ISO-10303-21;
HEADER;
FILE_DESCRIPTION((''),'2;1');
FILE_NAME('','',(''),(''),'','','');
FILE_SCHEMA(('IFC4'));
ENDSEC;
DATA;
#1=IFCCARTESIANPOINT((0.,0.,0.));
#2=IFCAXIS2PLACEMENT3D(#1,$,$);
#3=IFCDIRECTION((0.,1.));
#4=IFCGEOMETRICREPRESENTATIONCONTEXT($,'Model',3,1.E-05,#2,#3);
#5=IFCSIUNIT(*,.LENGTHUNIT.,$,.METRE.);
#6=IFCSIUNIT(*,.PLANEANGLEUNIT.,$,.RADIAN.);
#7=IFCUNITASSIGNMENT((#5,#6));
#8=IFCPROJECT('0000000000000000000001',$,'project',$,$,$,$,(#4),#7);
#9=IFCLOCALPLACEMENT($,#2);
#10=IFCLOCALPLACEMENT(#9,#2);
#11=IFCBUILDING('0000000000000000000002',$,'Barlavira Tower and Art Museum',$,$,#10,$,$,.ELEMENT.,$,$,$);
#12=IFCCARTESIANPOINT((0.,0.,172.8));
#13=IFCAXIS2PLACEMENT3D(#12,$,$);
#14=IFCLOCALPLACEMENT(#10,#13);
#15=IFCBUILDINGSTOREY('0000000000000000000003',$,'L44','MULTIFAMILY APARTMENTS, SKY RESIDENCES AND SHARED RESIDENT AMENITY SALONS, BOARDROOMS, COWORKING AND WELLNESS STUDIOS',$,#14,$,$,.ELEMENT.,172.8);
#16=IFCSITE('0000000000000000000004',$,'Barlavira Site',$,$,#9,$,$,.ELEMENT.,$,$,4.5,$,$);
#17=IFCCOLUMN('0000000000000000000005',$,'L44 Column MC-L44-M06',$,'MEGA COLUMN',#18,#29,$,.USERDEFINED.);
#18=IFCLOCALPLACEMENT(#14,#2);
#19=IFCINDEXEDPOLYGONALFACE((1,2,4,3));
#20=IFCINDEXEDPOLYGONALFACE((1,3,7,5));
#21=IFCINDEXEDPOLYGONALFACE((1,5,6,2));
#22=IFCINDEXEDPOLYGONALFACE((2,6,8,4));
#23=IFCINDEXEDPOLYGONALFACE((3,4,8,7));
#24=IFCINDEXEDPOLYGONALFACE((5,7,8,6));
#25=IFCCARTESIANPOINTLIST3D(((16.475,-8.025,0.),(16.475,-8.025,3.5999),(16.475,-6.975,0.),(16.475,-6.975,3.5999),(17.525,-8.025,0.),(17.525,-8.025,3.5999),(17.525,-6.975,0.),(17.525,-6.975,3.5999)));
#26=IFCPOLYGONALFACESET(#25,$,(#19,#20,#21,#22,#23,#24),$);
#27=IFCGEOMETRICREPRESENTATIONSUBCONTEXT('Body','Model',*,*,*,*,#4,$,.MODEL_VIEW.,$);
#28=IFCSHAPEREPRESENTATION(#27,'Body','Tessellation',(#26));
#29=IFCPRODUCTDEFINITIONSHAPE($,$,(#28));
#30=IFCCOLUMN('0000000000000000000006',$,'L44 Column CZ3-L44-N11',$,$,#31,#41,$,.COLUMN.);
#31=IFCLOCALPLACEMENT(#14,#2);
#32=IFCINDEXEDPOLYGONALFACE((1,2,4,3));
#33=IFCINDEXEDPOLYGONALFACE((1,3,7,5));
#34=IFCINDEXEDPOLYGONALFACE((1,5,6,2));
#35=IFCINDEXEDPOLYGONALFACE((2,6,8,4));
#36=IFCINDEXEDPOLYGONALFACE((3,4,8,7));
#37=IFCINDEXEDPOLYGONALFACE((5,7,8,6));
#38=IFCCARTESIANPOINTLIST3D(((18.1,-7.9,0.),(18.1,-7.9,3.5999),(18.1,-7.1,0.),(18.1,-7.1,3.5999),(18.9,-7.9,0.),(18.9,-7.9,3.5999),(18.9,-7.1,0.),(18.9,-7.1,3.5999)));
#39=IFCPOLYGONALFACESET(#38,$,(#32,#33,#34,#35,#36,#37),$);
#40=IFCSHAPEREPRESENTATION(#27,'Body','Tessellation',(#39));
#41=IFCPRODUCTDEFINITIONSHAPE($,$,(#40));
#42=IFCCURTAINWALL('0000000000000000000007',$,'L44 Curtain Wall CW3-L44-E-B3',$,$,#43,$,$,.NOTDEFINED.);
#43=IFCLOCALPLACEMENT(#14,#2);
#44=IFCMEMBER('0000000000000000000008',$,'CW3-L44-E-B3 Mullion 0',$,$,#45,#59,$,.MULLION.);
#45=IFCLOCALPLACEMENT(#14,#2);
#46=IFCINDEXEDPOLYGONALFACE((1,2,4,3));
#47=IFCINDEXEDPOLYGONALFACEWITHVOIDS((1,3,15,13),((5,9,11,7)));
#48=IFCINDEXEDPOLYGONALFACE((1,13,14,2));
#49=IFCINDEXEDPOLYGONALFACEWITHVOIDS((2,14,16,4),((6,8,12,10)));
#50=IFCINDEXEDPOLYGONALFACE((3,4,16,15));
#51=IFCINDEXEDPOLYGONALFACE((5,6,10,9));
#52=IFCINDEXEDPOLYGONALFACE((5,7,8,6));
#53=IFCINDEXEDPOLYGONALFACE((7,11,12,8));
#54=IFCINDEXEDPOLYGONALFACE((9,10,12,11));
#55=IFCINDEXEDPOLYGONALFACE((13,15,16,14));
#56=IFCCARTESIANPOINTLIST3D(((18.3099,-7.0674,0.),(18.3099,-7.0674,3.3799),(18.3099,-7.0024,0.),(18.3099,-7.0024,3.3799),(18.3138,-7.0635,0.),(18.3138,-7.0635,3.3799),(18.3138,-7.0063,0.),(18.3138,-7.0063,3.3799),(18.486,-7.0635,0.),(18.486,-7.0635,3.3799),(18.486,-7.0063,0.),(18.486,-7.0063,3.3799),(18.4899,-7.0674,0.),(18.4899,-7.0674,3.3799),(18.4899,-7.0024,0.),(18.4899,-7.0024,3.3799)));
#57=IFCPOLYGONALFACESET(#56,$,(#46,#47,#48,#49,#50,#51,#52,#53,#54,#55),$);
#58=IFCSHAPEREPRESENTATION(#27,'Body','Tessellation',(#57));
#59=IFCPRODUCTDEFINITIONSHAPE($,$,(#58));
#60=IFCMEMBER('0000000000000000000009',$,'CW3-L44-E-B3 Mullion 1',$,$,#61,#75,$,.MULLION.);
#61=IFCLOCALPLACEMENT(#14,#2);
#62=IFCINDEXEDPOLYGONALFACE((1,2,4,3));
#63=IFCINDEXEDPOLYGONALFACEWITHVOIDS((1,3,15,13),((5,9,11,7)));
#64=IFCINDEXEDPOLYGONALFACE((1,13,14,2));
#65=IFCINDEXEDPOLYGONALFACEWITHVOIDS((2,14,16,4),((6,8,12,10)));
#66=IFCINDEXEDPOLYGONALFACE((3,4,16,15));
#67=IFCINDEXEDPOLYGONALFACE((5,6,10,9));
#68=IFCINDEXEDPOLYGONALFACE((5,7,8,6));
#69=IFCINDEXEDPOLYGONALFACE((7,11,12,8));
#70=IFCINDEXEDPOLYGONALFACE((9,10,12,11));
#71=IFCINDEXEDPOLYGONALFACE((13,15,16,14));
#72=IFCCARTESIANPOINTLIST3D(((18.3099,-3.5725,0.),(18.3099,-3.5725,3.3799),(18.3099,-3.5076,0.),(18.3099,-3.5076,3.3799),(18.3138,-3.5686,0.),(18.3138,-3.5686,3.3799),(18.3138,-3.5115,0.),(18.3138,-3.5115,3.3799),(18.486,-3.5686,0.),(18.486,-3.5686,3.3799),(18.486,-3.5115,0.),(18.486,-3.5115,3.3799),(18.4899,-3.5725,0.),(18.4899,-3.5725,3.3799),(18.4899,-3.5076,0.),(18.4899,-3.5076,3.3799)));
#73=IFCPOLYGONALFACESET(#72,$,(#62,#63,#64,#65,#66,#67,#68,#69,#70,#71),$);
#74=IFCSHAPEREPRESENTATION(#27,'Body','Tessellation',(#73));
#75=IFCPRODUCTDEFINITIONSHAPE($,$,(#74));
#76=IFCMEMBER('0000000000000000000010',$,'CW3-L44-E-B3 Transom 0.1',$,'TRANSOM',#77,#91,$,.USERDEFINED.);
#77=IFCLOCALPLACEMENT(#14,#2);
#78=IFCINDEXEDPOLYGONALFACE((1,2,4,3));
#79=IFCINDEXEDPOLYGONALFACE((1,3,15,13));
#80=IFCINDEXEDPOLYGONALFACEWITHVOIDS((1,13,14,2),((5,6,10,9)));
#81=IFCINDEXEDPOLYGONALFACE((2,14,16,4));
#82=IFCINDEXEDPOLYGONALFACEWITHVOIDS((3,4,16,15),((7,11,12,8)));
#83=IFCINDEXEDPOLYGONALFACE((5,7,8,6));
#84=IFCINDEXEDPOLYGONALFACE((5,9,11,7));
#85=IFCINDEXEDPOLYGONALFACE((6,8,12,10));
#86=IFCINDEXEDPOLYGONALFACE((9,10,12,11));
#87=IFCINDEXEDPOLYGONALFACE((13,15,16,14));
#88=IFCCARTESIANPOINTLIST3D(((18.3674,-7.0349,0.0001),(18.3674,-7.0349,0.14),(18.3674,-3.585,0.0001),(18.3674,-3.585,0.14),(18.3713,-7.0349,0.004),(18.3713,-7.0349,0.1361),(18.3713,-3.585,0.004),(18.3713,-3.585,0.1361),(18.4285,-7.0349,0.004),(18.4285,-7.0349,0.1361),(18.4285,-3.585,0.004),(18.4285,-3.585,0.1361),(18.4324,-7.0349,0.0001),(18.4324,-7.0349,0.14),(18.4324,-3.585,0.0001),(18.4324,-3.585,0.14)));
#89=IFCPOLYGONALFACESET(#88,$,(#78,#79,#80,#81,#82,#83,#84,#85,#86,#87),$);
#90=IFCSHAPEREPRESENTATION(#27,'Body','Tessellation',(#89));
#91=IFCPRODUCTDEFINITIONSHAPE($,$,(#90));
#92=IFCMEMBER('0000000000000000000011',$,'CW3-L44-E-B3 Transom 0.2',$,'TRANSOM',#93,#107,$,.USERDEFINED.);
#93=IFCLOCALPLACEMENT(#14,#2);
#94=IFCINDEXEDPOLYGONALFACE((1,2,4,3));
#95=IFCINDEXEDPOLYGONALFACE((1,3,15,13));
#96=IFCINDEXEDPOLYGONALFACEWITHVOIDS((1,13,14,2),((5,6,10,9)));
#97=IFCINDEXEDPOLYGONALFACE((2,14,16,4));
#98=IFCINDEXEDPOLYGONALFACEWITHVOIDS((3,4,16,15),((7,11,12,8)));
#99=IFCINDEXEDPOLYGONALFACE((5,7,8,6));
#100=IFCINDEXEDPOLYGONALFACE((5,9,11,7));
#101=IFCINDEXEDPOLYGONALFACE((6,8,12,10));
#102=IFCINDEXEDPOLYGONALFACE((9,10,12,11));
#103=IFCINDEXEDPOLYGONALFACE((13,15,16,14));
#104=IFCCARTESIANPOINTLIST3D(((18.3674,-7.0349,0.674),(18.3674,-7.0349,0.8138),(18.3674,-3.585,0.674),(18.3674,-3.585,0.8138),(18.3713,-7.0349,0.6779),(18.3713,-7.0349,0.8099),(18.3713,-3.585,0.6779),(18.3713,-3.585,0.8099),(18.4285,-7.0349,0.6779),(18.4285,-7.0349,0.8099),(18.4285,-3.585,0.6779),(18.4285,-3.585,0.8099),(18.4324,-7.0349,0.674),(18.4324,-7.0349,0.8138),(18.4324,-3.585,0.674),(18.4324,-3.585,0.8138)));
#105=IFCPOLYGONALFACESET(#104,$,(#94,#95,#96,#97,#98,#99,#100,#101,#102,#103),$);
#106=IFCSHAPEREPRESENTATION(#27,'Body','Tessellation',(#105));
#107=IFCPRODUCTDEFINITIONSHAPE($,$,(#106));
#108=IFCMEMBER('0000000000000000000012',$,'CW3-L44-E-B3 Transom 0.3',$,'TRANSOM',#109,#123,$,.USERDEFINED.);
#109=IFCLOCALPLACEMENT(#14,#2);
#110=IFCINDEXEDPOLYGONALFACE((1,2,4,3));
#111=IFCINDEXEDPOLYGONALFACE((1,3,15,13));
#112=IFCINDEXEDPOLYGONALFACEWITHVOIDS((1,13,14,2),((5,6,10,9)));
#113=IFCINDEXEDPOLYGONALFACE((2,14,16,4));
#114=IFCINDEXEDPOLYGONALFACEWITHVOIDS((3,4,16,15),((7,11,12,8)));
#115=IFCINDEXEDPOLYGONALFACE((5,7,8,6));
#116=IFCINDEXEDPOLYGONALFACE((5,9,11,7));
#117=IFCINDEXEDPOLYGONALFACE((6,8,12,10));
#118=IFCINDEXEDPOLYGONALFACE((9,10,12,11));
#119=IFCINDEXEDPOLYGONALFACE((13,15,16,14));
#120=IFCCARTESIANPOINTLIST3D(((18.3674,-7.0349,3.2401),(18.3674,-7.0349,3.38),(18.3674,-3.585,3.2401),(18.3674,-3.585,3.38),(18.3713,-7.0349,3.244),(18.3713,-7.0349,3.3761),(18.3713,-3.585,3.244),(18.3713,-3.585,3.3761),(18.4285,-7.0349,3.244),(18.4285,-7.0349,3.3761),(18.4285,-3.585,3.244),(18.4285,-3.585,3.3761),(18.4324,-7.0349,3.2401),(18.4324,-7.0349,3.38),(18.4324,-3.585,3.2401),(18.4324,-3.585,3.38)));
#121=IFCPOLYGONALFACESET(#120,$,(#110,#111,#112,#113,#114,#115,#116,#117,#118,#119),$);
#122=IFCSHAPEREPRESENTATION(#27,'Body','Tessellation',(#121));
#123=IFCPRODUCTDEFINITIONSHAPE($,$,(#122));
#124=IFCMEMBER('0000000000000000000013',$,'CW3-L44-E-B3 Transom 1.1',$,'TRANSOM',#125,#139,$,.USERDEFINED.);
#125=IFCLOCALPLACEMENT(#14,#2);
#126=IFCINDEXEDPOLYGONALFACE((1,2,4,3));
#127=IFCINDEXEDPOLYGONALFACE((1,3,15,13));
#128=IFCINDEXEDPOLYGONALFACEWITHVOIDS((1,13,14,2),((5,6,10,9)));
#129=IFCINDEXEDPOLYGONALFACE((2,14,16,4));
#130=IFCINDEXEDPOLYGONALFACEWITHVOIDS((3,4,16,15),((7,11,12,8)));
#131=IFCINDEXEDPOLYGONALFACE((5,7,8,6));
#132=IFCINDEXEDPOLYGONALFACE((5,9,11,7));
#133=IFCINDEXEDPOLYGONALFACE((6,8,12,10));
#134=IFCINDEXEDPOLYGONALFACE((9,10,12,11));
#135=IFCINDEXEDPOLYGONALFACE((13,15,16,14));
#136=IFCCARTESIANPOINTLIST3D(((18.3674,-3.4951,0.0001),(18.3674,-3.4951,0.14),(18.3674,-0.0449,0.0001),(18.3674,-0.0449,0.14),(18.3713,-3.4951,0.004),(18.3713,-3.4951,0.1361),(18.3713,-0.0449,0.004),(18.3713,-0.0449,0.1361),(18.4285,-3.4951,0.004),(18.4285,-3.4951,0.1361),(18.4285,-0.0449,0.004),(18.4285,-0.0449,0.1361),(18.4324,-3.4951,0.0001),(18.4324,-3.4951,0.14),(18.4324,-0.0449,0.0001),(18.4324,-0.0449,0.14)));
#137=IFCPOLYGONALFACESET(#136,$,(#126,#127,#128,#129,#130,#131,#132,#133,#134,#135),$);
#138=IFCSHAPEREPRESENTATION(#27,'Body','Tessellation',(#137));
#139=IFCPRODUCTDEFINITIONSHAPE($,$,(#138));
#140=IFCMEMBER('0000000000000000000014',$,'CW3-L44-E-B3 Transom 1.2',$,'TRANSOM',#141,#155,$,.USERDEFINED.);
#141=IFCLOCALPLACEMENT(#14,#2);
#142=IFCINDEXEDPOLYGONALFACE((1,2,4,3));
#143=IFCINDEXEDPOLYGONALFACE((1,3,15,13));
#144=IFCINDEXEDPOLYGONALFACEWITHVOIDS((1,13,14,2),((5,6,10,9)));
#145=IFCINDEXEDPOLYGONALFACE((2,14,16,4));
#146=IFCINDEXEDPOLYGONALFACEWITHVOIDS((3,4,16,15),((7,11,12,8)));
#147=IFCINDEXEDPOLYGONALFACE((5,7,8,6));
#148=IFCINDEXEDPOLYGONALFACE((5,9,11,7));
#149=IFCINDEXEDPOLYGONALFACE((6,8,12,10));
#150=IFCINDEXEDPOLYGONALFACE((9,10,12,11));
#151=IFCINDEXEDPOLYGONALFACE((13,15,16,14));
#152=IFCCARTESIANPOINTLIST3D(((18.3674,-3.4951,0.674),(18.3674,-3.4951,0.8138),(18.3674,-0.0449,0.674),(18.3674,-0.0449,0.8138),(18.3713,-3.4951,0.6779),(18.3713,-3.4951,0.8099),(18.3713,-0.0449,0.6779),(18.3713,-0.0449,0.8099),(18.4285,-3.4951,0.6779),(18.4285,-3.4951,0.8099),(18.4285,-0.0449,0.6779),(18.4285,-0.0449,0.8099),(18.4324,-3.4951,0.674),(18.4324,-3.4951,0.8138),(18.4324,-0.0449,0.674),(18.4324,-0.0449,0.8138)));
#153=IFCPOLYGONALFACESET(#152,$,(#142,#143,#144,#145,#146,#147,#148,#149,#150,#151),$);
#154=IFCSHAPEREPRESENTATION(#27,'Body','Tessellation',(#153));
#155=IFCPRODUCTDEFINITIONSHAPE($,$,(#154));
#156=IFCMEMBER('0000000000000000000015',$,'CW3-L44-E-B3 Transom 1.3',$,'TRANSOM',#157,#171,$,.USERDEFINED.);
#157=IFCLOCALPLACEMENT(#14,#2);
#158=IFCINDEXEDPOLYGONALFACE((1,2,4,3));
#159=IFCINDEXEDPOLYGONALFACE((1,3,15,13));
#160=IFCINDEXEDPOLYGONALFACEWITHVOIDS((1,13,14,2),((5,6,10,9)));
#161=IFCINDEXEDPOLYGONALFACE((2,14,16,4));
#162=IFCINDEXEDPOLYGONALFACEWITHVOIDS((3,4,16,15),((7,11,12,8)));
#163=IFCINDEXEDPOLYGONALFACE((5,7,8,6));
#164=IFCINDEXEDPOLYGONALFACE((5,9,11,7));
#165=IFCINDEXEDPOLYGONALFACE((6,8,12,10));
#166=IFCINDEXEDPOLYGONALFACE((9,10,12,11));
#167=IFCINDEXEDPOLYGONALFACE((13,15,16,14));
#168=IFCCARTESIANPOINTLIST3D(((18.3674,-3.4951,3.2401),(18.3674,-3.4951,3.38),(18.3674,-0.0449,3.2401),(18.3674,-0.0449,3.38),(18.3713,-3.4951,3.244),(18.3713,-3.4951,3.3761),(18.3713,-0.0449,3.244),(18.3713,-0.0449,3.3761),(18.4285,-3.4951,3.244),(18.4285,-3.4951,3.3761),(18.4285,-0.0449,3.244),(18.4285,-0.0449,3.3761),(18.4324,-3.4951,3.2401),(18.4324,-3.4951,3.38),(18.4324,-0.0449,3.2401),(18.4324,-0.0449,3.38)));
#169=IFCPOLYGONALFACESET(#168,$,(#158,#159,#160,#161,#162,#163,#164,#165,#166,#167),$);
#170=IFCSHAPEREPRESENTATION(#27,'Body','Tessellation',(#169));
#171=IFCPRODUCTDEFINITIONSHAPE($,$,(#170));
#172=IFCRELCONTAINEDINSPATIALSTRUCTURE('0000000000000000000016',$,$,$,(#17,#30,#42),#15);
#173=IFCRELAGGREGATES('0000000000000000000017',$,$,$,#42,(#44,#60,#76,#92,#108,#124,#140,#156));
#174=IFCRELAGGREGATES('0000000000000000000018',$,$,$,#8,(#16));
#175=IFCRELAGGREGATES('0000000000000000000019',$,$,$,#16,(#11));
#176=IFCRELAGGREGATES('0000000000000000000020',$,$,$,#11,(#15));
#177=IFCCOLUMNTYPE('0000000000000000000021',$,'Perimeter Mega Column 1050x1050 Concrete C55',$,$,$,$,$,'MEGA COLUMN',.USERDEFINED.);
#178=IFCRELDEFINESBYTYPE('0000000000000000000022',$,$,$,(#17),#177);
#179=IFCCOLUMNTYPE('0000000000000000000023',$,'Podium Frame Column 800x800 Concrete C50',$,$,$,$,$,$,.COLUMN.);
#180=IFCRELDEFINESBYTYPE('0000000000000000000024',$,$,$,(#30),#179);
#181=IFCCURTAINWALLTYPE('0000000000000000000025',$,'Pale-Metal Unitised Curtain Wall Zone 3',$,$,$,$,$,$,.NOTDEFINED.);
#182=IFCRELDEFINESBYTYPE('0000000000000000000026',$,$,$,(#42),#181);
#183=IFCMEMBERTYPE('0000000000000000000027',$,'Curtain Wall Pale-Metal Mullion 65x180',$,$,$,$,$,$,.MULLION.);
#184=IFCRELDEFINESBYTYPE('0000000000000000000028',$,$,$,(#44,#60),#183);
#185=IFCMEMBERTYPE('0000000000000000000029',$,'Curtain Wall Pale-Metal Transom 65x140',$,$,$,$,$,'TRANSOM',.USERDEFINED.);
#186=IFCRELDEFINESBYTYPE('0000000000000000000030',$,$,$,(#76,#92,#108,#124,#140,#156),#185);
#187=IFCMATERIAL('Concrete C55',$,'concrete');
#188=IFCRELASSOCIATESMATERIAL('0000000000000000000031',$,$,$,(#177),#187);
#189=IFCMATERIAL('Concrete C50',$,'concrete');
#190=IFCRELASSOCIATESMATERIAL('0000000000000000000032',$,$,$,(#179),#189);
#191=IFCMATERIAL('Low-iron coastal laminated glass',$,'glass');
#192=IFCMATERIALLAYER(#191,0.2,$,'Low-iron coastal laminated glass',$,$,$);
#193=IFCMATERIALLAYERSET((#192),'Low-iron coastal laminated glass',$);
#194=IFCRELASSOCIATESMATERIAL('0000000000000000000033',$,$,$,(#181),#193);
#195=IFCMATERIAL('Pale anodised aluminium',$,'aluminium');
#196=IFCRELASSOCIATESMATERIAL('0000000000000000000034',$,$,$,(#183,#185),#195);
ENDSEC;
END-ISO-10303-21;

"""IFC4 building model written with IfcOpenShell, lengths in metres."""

from ifc_helpers import new_model, si_unit, direction, frame, origin, origin_2d, place, context, subcontext, project, spatial, rectangle, hollow_rectangle, extrude, material, layer, layer_set, material_profile, profile_set, type_object, element, aggregate, save


model = new_model("IFC4")

# Units and contexts
model_context = context("Model", 3, precision=1e-05, world=origin(), true_north=direction((0.0, 1.0)))
body_context = subcontext(model_context, "Body", "Model", "MODEL_VIEW")
ifc_project = project(units=[si_unit("LENGTHUNIT", "METRE"), si_unit("PLANEANGLEUNIT", "RADIAN")], contexts=[model_context])

# Site, building, storey
site_placement = place(None, origin())
site = spatial("IfcSite", under=ifc_project, at=site_placement, Name="Barlavira Site", CompositionType="ELEMENT", RefElevation=4.5)
building_placement = place(site_placement, origin())
building = spatial("IfcBuilding", under=site, at=building_placement, Name="Barlavira Tower and Art Museum", CompositionType="ELEMENT")
storey_placement = place(building_placement, frame((0.0, 0.0, 172.8)))
storey = spatial("IfcBuildingStorey", under=building, at=storey_placement, Name="L44", Description="MULTIFAMILY APARTMENTS, SKY RESIDENCES AND SHARED RESIDENT AMENITY SALONS, BOARDROOMS, COWORKING AND WELLNESS STUDIOS", CompositionType="ELEMENT", Elevation=172.8)

# Columns
ifc_material_1 = material(Name="Concrete C55", Category="concrete")
ifc_material_profile_1 = material_profile(ifc_material_1, rectangle(XDim=1.05, YDim=1.05, at=origin_2d()), Name="RC-COL 1050x1050")
ifc_profile_set_1 = profile_set([ifc_material_profile_1], Name="Concrete C55")
column_type_1 = type_object("IfcColumnType", Name="Perimeter Mega Column 1050x1050 Concrete C55", ElementType="MEGA COLUMN", PredefinedType="USERDEFINED", material=ifc_profile_set_1)
column_1_placement = place(storey_placement, frame((17.0, -7.5, 0.0), z_axis=(0.0, 0.0, 1.0), x_axis=(1.0, 0.0, 0.0)))
element("IfcColumn", 1, at=column_1_placement, inside=storey, type_object=column_type_1, Name="L44 Column MC-L44-M06", ObjectType="MEGA COLUMN", PredefinedType="USERDEFINED", context=body_context, shape_type="SweptSolid", body=[
    extrude(rectangle(XDim=1.05, YDim=1.05, at=origin_2d()), origin(), (0.0, 0.0, 1.0), 3.5999),
])
ifc_material_2 = material(Name="Concrete C50", Category="concrete")
ifc_material_profile_2 = material_profile(ifc_material_2, rectangle(XDim=0.8, YDim=0.8, at=origin_2d()), Name="RC-COL 800x800")
ifc_profile_set_2 = profile_set([ifc_material_profile_2], Name="Concrete C50")
column_type_2 = type_object("IfcColumnType", Name="Podium Frame Column 800x800 Concrete C50", PredefinedType="COLUMN", material=ifc_profile_set_2)
column_2_placement = place(storey_placement, frame((18.5, -7.5, 0.0), z_axis=(0.0, 0.0, 1.0), x_axis=(1.0, 0.0, 0.0)))
element("IfcColumn", 2, at=column_2_placement, inside=storey, type_object=column_type_2, Name="L44 Column CZ3-L44-N11", PredefinedType="COLUMN", context=body_context, shape_type="SweptSolid", body=[
    extrude(rectangle(XDim=0.8, YDim=0.8, at=origin_2d()), origin(), (0.0, 0.0, 1.0), 3.5999),
])

# Curtain wall, members
ifc_material_3 = material(Name="Low-iron coastal laminated glass", Category="glass")
ifc_layer_1 = layer(ifc_material_3, 0.2, Name="Low-iron coastal laminated glass")
ifc_layer_set_1 = layer_set([ifc_layer_1], Name="Low-iron coastal laminated glass")
curtain_wall_type = type_object("IfcCurtainWallType", Name="Pale-Metal Unitised Curtain Wall Zone 3", PredefinedType="NOTDEFINED", material=ifc_layer_set_1)
curtain_wall_placement = place(storey_placement, origin())
curtain_wall = element("IfcCurtainWall", 3, at=curtain_wall_placement, inside=storey, type_object=curtain_wall_type, Name="L44 Curtain Wall CW3-L44-E-B3", PredefinedType="NOTDEFINED")
ifc_material_4 = material(Name="Pale anodised aluminium", Category="aluminium")
ifc_material_profile_3 = material_profile(ifc_material_4, hollow_rectangle(XDim=0.0649, YDim=0.1799, WallThickness=0.0039, at=origin_2d()), Name="ALU-MULL 65x180x4")
ifc_profile_set_3 = profile_set([ifc_material_profile_3], Name="Pale anodised aluminium")
member_type_1 = type_object("IfcMemberType", Name="Curtain Wall Pale-Metal Mullion 65x180", PredefinedType="MULLION", material=ifc_profile_set_3)
member_1_placement = place(storey_placement, frame((18.3999, -7.0349, 0.0), z_axis=(0.0, 0.0, 1.0), x_axis=(0.0, 1.0, 0.0)))
member_1 = element("IfcMember", 4, at=member_1_placement, type_object=member_type_1, Name="CW3-L44-E-B3 Mullion 0", PredefinedType="MULLION", context=body_context, shape_type="SweptSolid", body=[
    extrude(hollow_rectangle(XDim=0.0649, YDim=0.1799, WallThickness=0.0039, at=origin_2d()), origin(), (0.0, 0.0, 1.0), 3.3799),
])
member_2_placement = place(storey_placement, frame((18.3999, -3.54, 0.0), z_axis=(0.0, 0.0, 1.0), x_axis=(0.0, 1.0, 0.0)))
member_2 = element("IfcMember", 5, at=member_2_placement, type_object=member_type_1, Name="CW3-L44-E-B3 Mullion 1", PredefinedType="MULLION", context=body_context, shape_type="SweptSolid", body=[
    extrude(hollow_rectangle(XDim=0.0649, YDim=0.1799, WallThickness=0.0039, at=origin_2d()), origin(), (0.0, 0.0, 1.0), 3.3799),
])
ifc_material_profile_4 = material_profile(ifc_material_4, hollow_rectangle(XDim=0.0649, YDim=0.1399, WallThickness=0.0039, at=origin_2d()), Name="ALU-TRAN 65x140x4")
ifc_profile_set_4 = profile_set([ifc_material_profile_4], Name="Pale anodised aluminium")
member_type_2 = type_object("IfcMemberType", Name="Curtain Wall Pale-Metal Transom 65x140", ElementType="TRANSOM", PredefinedType="USERDEFINED", material=ifc_profile_set_4)
member_3_placement = place(storey_placement, frame((18.3999, -7.0349, 0.0701), z_axis=(0.0, 1.0, 0.0), x_axis=(-1.0, 0.0, 0.0)))
member_3 = element("IfcMember", 6, at=member_3_placement, type_object=member_type_2, Name="CW3-L44-E-B3 Transom 0.1", ObjectType="TRANSOM", PredefinedType="USERDEFINED", context=body_context, shape_type="SweptSolid", body=[
    extrude(hollow_rectangle(XDim=0.0649, YDim=0.1399, WallThickness=0.0039, at=origin_2d()), origin(), (0.0, 0.0, 1.0), 3.45),
])
member_4_placement = place(storey_placement, frame((18.3999, -7.0349, 0.7439), z_axis=(0.0, 1.0, 0.0), x_axis=(-1.0, 0.0, 0.0)))
member_4 = element("IfcMember", 7, at=member_4_placement, type_object=member_type_2, Name="CW3-L44-E-B3 Transom 0.2", ObjectType="TRANSOM", PredefinedType="USERDEFINED", context=body_context, shape_type="SweptSolid", body=[
    extrude(hollow_rectangle(XDim=0.0649, YDim=0.1399, WallThickness=0.0039, at=origin_2d()), origin(), (0.0, 0.0, 1.0), 3.45),
])
member_5_placement = place(storey_placement, frame((18.3999, -7.0349, 3.3101), z_axis=(0.0, 1.0, 0.0), x_axis=(-1.0, 0.0, 0.0)))
member_5 = element("IfcMember", 8, at=member_5_placement, type_object=member_type_2, Name="CW3-L44-E-B3 Transom 0.3", ObjectType="TRANSOM", PredefinedType="USERDEFINED", context=body_context, shape_type="SweptSolid", body=[
    extrude(hollow_rectangle(XDim=0.0649, YDim=0.1399, WallThickness=0.0039, at=origin_2d()), origin(), (0.0, 0.0, 1.0), 3.45),
])
member_6_placement = place(storey_placement, frame((18.3999, -3.4951, 0.0701), z_axis=(0.0, 1.0, 0.0), x_axis=(-1.0, 0.0, 0.0)))
member_6 = element("IfcMember", 9, at=member_6_placement, type_object=member_type_2, Name="CW3-L44-E-B3 Transom 1.1", ObjectType="TRANSOM", PredefinedType="USERDEFINED", context=body_context, shape_type="SweptSolid", body=[
    extrude(hollow_rectangle(XDim=0.0649, YDim=0.1399, WallThickness=0.0039, at=origin_2d()), origin(), (0.0, 0.0, 1.0), 3.4502),
])
member_7_placement = place(storey_placement, frame((18.3999, -3.4951, 0.7439), z_axis=(0.0, 1.0, 0.0), x_axis=(-1.0, 0.0, 0.0)))
member_7 = element("IfcMember", 10, at=member_7_placement, type_object=member_type_2, Name="CW3-L44-E-B3 Transom 1.2", ObjectType="TRANSOM", PredefinedType="USERDEFINED", context=body_context, shape_type="SweptSolid", body=[
    extrude(hollow_rectangle(XDim=0.0649, YDim=0.1399, WallThickness=0.0039, at=origin_2d()), origin(), (0.0, 0.0, 1.0), 3.4502),
])
member_8_placement = place(storey_placement, frame((18.3999, -3.4951, 3.3101), z_axis=(0.0, 1.0, 0.0), x_axis=(-1.0, 0.0, 0.0)))
member_8 = element("IfcMember", 11, at=member_8_placement, type_object=member_type_2, Name="CW3-L44-E-B3 Transom 1.3", ObjectType="TRANSOM", PredefinedType="USERDEFINED", context=body_context, shape_type="SweptSolid", body=[
    extrude(hollow_rectangle(XDim=0.0649, YDim=0.1399, WallThickness=0.0039, at=origin_2d()), origin(), (0.0, 0.0, 1.0), 3.4502),
])

aggregate(curtain_wall, [member_1, member_2, member_3, member_4, member_5, member_6, member_7, member_8])

save(model, "model.ifc")
